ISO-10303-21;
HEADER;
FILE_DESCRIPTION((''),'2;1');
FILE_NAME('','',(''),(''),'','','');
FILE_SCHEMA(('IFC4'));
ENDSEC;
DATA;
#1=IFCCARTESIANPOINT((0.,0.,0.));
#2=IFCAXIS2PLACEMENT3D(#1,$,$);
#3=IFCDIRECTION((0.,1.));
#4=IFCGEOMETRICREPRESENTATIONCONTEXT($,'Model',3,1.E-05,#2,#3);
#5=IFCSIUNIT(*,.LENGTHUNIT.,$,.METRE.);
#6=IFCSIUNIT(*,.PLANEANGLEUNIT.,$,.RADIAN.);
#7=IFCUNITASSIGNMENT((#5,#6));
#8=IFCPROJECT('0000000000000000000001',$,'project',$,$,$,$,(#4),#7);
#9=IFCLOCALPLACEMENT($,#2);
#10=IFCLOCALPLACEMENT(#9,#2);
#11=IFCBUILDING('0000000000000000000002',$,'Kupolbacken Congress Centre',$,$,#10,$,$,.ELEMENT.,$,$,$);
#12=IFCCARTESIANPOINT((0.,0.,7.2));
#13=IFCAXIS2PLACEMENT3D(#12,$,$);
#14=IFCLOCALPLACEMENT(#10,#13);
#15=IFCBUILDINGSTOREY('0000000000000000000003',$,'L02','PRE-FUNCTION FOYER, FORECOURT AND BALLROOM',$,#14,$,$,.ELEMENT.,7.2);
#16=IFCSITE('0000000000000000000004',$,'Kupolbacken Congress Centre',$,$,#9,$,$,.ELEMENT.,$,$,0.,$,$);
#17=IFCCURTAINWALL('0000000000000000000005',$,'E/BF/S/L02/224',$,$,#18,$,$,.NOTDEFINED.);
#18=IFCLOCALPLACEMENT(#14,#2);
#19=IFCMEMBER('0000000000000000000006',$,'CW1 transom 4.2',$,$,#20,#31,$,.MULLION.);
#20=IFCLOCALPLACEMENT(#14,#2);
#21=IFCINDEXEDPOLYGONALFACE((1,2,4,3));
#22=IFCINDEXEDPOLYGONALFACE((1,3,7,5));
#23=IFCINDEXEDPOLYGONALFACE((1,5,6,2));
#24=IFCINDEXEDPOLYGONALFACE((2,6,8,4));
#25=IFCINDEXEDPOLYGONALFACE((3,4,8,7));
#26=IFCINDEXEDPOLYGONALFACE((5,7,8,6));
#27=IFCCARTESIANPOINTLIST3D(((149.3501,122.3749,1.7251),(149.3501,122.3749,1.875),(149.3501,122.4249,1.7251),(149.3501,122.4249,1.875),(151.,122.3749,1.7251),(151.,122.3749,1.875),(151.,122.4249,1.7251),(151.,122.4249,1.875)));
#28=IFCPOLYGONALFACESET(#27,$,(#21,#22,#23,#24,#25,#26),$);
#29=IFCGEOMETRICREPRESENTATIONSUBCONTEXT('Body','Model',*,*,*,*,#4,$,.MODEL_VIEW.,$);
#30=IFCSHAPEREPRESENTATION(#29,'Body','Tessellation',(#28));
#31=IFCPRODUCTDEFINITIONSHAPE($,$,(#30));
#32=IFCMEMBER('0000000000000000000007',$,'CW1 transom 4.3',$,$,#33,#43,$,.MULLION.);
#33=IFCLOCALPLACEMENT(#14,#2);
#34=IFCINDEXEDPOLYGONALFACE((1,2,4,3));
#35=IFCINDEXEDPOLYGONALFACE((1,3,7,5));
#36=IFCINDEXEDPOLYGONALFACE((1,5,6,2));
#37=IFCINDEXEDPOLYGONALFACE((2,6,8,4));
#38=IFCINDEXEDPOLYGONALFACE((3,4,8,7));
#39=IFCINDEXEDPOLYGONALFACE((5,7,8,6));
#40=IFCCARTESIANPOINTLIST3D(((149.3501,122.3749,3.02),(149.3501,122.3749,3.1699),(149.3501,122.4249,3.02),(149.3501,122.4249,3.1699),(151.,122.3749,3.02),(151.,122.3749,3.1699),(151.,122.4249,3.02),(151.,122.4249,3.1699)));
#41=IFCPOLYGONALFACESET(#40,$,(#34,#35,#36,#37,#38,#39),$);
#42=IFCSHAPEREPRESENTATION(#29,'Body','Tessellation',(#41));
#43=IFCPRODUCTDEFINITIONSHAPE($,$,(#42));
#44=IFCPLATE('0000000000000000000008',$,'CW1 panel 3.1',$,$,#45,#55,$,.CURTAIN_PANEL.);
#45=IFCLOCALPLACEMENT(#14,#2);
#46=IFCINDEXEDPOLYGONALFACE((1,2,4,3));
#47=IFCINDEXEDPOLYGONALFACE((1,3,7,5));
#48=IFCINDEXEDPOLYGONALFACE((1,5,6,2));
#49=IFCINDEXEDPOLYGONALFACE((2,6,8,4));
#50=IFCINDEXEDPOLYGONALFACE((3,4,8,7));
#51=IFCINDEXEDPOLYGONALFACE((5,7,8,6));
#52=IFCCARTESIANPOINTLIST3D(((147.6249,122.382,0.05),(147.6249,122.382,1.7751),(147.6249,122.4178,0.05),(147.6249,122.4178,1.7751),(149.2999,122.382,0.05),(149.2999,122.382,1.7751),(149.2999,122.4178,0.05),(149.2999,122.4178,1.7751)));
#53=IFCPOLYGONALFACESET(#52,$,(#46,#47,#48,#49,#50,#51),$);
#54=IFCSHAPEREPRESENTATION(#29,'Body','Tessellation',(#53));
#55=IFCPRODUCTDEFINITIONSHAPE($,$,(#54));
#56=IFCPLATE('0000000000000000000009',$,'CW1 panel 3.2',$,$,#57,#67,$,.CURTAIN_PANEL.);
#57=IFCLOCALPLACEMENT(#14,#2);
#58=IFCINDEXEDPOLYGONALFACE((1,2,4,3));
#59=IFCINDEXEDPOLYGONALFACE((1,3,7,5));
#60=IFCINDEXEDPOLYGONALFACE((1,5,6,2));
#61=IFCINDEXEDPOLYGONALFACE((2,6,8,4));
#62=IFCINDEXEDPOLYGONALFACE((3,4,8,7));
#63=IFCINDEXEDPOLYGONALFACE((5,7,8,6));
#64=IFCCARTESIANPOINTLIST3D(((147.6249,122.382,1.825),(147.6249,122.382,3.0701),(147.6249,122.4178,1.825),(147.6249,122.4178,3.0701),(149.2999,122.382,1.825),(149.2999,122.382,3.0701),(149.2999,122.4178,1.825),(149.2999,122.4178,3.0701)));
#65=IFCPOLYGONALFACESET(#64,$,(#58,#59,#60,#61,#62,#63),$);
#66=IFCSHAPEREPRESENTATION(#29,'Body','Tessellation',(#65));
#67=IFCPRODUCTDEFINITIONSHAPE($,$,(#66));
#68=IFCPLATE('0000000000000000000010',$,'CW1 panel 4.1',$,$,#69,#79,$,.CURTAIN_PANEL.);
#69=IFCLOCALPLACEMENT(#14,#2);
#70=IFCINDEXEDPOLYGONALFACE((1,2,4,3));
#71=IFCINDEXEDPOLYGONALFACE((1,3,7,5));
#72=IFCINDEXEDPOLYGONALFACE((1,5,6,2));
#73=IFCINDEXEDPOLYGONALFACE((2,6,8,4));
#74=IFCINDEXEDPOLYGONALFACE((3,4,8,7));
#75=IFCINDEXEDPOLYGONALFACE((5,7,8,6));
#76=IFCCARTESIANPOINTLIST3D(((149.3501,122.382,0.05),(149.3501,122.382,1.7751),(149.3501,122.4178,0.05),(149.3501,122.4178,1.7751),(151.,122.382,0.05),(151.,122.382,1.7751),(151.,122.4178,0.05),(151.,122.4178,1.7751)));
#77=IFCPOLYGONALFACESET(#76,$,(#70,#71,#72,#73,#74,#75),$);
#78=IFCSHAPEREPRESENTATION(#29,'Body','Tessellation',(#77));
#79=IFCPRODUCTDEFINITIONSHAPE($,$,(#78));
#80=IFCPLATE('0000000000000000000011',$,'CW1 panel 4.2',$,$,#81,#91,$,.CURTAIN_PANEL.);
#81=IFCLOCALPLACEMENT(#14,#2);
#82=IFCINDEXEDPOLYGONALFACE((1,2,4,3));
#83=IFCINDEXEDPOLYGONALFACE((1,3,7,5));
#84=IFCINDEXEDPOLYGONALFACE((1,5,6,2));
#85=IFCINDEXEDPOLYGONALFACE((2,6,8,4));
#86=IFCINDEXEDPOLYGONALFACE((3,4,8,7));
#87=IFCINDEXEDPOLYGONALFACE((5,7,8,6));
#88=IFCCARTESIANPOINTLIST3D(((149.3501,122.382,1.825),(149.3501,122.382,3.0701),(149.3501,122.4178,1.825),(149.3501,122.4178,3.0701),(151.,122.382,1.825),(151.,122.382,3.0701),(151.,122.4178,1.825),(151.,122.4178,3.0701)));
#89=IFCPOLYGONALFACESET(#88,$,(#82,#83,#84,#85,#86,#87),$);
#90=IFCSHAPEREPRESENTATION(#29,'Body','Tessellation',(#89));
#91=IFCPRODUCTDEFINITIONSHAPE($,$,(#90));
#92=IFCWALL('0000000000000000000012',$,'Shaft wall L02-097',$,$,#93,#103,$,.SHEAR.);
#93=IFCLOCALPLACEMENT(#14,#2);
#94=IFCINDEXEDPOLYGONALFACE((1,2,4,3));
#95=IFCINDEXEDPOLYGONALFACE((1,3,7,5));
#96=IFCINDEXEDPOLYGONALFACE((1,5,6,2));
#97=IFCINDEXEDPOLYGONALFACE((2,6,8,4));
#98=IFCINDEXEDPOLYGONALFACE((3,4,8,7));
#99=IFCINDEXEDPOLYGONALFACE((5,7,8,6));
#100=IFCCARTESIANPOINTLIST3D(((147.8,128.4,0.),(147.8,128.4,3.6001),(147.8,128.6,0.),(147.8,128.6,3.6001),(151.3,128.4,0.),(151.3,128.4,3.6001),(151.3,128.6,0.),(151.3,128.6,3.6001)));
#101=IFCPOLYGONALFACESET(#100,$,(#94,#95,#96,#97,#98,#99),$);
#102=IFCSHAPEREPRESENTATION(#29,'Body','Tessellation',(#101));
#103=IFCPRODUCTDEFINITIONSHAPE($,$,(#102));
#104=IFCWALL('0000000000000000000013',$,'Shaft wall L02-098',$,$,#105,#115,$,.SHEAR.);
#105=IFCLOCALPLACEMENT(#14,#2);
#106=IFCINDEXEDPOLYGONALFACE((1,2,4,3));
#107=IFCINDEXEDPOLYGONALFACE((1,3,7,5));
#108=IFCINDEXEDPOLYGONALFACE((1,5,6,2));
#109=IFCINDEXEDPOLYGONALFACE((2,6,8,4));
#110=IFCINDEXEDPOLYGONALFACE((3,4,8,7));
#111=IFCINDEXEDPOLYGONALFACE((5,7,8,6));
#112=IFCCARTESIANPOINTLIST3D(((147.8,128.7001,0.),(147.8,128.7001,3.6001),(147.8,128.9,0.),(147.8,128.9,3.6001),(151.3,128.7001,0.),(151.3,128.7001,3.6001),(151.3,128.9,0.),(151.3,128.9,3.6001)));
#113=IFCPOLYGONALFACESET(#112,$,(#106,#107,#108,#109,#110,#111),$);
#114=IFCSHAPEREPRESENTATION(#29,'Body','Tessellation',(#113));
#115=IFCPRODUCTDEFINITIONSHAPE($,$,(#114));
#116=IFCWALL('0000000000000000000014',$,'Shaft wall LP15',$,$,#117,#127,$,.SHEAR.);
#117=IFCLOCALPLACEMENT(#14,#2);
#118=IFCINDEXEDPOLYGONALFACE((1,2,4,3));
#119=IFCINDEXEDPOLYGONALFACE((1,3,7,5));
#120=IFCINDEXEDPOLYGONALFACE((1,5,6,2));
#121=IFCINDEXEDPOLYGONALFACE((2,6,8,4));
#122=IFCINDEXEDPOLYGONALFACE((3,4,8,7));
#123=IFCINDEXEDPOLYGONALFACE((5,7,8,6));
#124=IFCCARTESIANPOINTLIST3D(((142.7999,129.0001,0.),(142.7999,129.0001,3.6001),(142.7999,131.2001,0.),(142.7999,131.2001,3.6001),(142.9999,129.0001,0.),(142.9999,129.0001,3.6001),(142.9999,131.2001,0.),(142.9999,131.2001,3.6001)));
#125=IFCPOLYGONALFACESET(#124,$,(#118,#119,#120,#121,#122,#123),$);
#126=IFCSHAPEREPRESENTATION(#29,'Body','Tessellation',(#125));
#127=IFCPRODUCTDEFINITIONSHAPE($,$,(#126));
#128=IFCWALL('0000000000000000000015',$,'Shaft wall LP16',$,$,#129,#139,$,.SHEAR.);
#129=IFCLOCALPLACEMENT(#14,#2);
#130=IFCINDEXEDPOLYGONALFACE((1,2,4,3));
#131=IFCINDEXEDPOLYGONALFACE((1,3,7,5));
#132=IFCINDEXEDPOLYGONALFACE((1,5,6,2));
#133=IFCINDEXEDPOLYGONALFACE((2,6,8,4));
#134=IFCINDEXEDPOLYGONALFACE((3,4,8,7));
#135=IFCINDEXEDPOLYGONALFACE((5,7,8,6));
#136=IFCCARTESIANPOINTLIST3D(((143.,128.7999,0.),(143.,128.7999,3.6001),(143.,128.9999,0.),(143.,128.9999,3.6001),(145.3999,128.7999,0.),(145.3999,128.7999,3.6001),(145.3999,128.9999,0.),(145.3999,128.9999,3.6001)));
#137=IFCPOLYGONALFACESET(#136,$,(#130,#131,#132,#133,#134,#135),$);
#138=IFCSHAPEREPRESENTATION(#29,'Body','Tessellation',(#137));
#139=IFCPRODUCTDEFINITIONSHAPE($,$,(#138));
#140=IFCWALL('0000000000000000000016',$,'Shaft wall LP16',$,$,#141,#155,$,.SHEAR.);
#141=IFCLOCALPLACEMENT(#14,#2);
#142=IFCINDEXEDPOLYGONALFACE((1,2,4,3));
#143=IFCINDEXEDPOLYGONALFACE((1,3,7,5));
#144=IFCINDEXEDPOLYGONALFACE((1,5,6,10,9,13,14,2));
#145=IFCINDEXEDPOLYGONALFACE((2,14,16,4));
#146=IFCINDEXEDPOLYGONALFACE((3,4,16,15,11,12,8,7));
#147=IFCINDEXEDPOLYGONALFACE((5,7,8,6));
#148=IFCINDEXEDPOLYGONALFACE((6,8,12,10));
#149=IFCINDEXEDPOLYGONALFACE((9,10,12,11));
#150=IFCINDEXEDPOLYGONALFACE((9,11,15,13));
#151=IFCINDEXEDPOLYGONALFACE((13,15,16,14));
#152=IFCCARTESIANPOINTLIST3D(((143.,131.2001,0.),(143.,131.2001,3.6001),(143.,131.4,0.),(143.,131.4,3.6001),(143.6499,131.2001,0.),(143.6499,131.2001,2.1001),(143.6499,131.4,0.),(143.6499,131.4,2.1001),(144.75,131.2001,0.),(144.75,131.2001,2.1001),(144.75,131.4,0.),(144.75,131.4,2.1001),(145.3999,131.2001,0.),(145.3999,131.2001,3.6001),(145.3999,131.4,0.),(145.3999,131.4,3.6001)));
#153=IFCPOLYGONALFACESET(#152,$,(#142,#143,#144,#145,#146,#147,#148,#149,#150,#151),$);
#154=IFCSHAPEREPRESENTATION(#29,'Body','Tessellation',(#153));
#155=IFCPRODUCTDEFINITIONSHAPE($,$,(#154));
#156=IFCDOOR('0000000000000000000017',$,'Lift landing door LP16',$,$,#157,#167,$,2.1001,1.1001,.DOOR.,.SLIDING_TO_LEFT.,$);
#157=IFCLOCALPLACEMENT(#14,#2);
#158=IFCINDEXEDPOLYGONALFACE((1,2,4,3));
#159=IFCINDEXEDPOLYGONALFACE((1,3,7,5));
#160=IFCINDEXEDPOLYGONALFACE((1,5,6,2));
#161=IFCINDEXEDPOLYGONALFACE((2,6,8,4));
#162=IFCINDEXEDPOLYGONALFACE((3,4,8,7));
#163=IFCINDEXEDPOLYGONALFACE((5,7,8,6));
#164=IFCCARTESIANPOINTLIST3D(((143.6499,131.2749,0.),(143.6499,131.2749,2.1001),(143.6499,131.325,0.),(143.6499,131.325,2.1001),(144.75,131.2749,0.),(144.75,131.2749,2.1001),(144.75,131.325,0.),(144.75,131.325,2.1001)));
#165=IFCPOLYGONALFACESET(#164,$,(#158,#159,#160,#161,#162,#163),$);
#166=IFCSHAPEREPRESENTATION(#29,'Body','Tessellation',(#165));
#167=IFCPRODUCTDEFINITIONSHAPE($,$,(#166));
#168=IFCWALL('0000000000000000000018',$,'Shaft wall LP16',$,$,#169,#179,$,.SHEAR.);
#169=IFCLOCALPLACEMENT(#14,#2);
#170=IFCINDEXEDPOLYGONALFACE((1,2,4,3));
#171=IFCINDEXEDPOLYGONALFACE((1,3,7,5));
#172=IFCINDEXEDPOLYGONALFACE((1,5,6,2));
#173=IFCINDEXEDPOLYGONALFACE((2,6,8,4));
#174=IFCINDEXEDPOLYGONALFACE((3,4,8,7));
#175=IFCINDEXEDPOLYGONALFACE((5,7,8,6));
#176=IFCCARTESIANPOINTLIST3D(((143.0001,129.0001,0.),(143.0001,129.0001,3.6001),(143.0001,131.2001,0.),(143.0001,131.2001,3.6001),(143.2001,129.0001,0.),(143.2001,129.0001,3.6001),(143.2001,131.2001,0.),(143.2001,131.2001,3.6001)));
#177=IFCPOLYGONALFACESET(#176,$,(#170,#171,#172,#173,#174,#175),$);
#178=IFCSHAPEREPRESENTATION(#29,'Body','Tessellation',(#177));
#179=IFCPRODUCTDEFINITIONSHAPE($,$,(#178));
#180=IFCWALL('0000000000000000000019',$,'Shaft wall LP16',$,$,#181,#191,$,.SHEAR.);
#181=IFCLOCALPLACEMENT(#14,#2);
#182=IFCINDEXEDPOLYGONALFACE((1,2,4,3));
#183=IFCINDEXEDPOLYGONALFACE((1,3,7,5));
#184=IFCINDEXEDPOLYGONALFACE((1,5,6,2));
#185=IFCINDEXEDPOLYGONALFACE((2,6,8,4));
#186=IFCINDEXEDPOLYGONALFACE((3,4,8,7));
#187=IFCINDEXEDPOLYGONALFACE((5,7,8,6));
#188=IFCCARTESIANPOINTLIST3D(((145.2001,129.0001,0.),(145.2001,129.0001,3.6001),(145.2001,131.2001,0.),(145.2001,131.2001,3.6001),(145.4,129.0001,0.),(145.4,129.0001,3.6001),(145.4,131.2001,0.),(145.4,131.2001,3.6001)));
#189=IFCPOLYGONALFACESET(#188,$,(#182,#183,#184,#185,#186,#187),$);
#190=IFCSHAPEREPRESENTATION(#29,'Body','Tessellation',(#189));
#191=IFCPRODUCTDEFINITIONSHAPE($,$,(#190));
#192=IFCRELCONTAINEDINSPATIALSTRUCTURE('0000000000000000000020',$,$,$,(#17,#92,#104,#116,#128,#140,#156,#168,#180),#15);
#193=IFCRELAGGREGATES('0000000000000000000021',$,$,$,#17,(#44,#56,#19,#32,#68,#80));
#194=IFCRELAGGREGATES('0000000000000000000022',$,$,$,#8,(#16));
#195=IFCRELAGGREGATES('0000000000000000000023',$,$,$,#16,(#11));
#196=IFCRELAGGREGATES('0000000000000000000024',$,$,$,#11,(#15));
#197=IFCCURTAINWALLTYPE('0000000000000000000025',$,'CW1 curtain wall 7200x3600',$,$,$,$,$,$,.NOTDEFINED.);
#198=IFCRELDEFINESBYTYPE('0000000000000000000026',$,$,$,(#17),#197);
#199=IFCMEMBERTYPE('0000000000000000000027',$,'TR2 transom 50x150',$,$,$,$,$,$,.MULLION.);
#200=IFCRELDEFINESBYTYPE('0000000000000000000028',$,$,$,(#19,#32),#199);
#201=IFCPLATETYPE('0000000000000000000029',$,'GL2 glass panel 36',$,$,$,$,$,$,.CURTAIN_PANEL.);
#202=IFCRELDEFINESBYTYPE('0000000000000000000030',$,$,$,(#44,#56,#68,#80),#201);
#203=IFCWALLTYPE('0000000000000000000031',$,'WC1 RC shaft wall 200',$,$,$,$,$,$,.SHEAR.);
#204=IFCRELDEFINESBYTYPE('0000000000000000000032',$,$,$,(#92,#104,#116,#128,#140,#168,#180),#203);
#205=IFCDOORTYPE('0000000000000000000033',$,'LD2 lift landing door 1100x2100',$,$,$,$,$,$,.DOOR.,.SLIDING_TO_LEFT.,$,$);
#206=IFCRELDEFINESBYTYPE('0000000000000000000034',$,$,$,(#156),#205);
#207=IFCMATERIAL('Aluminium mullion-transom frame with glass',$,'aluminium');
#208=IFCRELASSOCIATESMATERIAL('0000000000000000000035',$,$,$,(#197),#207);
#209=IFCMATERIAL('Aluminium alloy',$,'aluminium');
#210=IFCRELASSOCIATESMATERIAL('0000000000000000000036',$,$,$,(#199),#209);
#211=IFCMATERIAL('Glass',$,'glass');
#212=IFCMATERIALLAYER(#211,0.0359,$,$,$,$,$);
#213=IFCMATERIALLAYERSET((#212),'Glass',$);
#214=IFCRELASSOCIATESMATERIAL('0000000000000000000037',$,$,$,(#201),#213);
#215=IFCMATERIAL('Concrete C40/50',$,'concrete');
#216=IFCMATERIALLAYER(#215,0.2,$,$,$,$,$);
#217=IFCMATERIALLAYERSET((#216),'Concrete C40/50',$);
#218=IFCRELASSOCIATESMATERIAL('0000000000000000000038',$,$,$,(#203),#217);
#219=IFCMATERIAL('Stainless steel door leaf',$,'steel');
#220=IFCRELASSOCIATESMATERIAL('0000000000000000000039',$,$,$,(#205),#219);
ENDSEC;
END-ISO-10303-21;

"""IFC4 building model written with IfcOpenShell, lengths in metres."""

from ifc_helpers import new_model, si_unit, direction, frame, frame_2d, origin, origin_2d, place, context, subcontext, project, spatial, rectangle, extrude, material, layer, layer_set, material_profile, profile_set, type_object, element, fill, aggregate, save


model = new_model("IFC4")

# Units and contexts
model_context = context("Model", 3, precision=1e-05, world=origin(), true_north=direction((0.0, 1.0)))
body_context = subcontext(model_context, "Body", "Model", "MODEL_VIEW")
ifc_project = project(units=[si_unit("LENGTHUNIT", "METRE"), si_unit("PLANEANGLEUNIT", "RADIAN")], contexts=[model_context])

# Site, building, storey
site_placement = place(None, origin())
site = spatial("IfcSite", under=ifc_project, at=site_placement, Name="Kupolbacken Congress Centre", CompositionType="ELEMENT", RefElevation=0.0)
building_placement = place(site_placement, origin())
building = spatial("IfcBuilding", under=site, at=building_placement, Name="Kupolbacken Congress Centre", CompositionType="ELEMENT")
storey_placement = place(building_placement, frame((0.0, 0.0, 7.2)))
storey = spatial("IfcBuildingStorey", under=building, at=storey_placement, Name="L02", Description="PRE-FUNCTION FOYER, FORECOURT AND BALLROOM", CompositionType="ELEMENT", Elevation=7.2)

# Curtain wall, members, plates
ifc_material_1 = material(Name="Aluminium mullion-transom frame with glass", Category="aluminium")
curtain_wall_type = type_object("IfcCurtainWallType", Name="CW1 curtain wall 7200x3600", PredefinedType="NOTDEFINED", material=ifc_material_1)
curtain_wall_placement = place(storey_placement, origin())
curtain_wall = element("IfcCurtainWall", 1, at=curtain_wall_placement, inside=storey, type_object=curtain_wall_type, Name="E/BF/S/L02/224", PredefinedType="NOTDEFINED")
ifc_material_2 = material(Name="Aluminium alloy", Category="aluminium")
ifc_material_profile_1 = material_profile(ifc_material_2, rectangle(XDim=0.05, YDim=0.1499, at=origin_2d()), Name="50 x 150")
ifc_profile_set_1 = profile_set([ifc_material_profile_1], Name="Aluminium alloy")
member_type_1 = type_object("IfcMemberType", Name="TR2 transom 50x150", PredefinedType="MULLION", material=ifc_profile_set_1)
member_1_placement = place(storey_placement, frame((149.3501, 122.3999, 1.8), z_axis=(1.0, 0.0, 0.0), x_axis=(0.0, 1.0, 0.0)))
member_1 = element("IfcMember", 2, at=member_1_placement, type_object=member_type_1, Name="CW1 transom 4.2", PredefinedType="MULLION", context=body_context, shape_type="SweptSolid", body=[
    extrude(rectangle(XDim=0.05, YDim=0.1499, at=origin_2d()), origin(), (0.0, 0.0, 1.0), 1.6499),
])
member_2_placement = place(storey_placement, frame((149.3501, 122.3999, 3.095), z_axis=(1.0, 0.0, 0.0), x_axis=(0.0, 1.0, 0.0)))
member_2 = element("IfcMember", 3, at=member_2_placement, type_object=member_type_1, Name="CW1 transom 4.3", PredefinedType="MULLION", context=body_context, shape_type="SweptSolid", body=[
    extrude(rectangle(XDim=0.05, YDim=0.1499, at=origin_2d()), origin(), (0.0, 0.0, 1.0), 1.6499),
])
ifc_material_3 = material(Name="Glass", Category="glass")
ifc_layer_1 = layer(ifc_material_3, 0.0359)
ifc_layer_set_1 = layer_set([ifc_layer_1], Name="Glass")
plate_type = type_object("IfcPlateType", Name="GL2 glass panel 36", PredefinedType="CURTAIN_PANEL", material=ifc_layer_set_1)
plate_1_placement = place(storey_placement, frame((148.4624, 122.3999, 0.05), z_axis=(0.0, 0.0, 1.0), x_axis=(1.0, 0.0, 0.0)))
plate_1 = element("IfcPlate", 4, at=plate_1_placement, type_object=plate_type, Name="CW1 panel 3.1", PredefinedType="CURTAIN_PANEL", context=body_context, shape_type="SweptSolid", body=[
    extrude(rectangle(XDim=1.675, YDim=0.0359, at=origin_2d()), origin(), (0.0, 0.0, 1.0), 1.7251),
])
plate_2_placement = place(storey_placement, frame((148.4624, 122.3999, 1.825), z_axis=(0.0, 0.0, 1.0), x_axis=(1.0, 0.0, 0.0)))
plate_2 = element("IfcPlate", 5, at=plate_2_placement, type_object=plate_type, Name="CW1 panel 3.2", PredefinedType="CURTAIN_PANEL", context=body_context, shape_type="SweptSolid", body=[
    extrude(rectangle(XDim=1.675, YDim=0.0359, at=origin_2d()), origin(), (0.0, 0.0, 1.0), 1.2451),
])
plate_3_placement = place(storey_placement, frame((150.175, 122.3999, 0.05), z_axis=(0.0, 0.0, 1.0), x_axis=(1.0, 0.0, 0.0)))
plate_3 = element("IfcPlate", 6, at=plate_3_placement, type_object=plate_type, Name="CW1 panel 4.1", PredefinedType="CURTAIN_PANEL", context=body_context, shape_type="SweptSolid", body=[
    extrude(rectangle(XDim=1.6499, YDim=0.0359, at=origin_2d()), origin(), (0.0, 0.0, 1.0), 1.7251),
])
plate_4_placement = place(storey_placement, frame((150.175, 122.3999, 1.825), z_axis=(0.0, 0.0, 1.0), x_axis=(1.0, 0.0, 0.0)))
plate_4 = element("IfcPlate", 7, at=plate_4_placement, type_object=plate_type, Name="CW1 panel 4.2", PredefinedType="CURTAIN_PANEL", context=body_context, shape_type="SweptSolid", body=[
    extrude(rectangle(XDim=1.6499, YDim=0.0359, at=origin_2d()), origin(), (0.0, 0.0, 1.0), 1.2451),
])
aggregate(curtain_wall, [plate_1, plate_2, member_1, member_2, plate_3, plate_4])

# Walls
ifc_material_4 = material(Name="Concrete C40/50", Category="concrete")
ifc_layer_2 = layer(ifc_material_4, 0.2)
ifc_layer_set_2 = layer_set([ifc_layer_2], Name="Concrete C40/50")
wall_type = type_object("IfcWallType", Name="WC1 RC shaft wall 200", PredefinedType="SHEAR", material=ifc_layer_set_2)
for number, where, z_axis, x_axis, name in (
    (8, (147.8, 128.5, 0.0), (0.0, 0.0, 1.0), (1.0, 0.0, 0.0), "Shaft wall L02-097"),
    (9, (147.8, 128.8, 0.0), (0.0, 0.0, 1.0), (1.0, 0.0, 0.0), "Shaft wall L02-098"),
):
    element("IfcWall", number, at=place(storey_placement, frame(where, z_axis=z_axis, x_axis=x_axis)), inside=storey, type_object=wall_type, Name=name, PredefinedType="SHEAR", context=body_context, shape_type="SweptSolid", body=[
        extrude(rectangle(XDim=3.5, YDim=0.2, at=frame_2d((1.75, 0.0))), origin(), (0.0, 0.0, 1.0), 3.6001),
    ])
wall_1_placement = place(storey_placement, frame((142.8999, 129.0, 0.0), z_axis=(0.0, 0.0, 1.0), x_axis=(0.0, 1.0, 0.0)))
element("IfcWall", 10, at=wall_1_placement, inside=storey, type_object=wall_type, Name="Shaft wall LP15", PredefinedType="SHEAR", context=body_context, shape_type="SweptSolid", body=[
    extrude(rectangle(XDim=2.2, YDim=0.2, at=frame_2d((1.1001, 0.0))), origin(), (0.0, 0.0, 1.0), 3.6001),
])
wall_2_placement = place(storey_placement, frame((143.0, 128.8999, 0.0), z_axis=(0.0, 0.0, 1.0), x_axis=(1.0, 0.0, 0.0)))
element("IfcWall", 11, at=wall_2_placement, inside=storey, type_object=wall_type, Name="Shaft wall LP16", PredefinedType="SHEAR", context=body_context, shape_type="SweptSolid", body=[
    extrude(rectangle(XDim=2.3999, YDim=0.2, at=frame_2d((1.2, 0.0))), origin(), (0.0, 0.0, 1.0), 3.6001),
])

# Wall, opening, door
wall_3_placement = place(storey_placement, frame((143.0, 131.3, 0.0), z_axis=(0.0, 0.0, 1.0), x_axis=(1.0, 0.0, 0.0)))
wall_3 = element("IfcWall", 12, at=wall_3_placement, inside=storey, type_object=wall_type, Name="Shaft wall LP16", PredefinedType="SHEAR", context=body_context, shape_type="SweptSolid", body=[
    extrude(rectangle(XDim=2.3999, YDim=0.2, at=frame_2d((1.2, 0.0))), origin(), (0.0, 0.0, 1.0), 3.6001),
])
opening_1_placement = place(wall_3_placement, frame((0.6499, 0.0, 0.0)))
opening_1 = element("IfcOpeningElement", 13, at=opening_1_placement, cuts=wall_3, PredefinedType="OPENING", context=body_context, shape_type="SweptSolid", body=[
    extrude(rectangle(XDim=1.1001, YDim=2.1001, at=frame_2d((0.55, 1.05))), frame((0.0, 0.1099, 0.0), z_axis=(0.0, -1.0, 0.0), x_axis=(1.0, 0.0, 0.0)), (0.0, 0.0, 1.0), 0.22),
])
ifc_material_5 = material(Name="Stainless steel door leaf", Category="steel")
door_type_1 = type_object("IfcDoorType", Name="LD2 lift landing door 1100x2100", OperationType="SLIDING_TO_LEFT", PredefinedType="DOOR", material=ifc_material_5)
door_1_placement = place(opening_1_placement, origin())
door_1 = element("IfcDoor", 14, at=door_1_placement, inside=storey, type_object=door_type_1, Name="Lift landing door LP16", OperationType="SLIDING_TO_LEFT", OverallHeight=2.1001, OverallWidth=1.1001, PredefinedType="DOOR", context=body_context, shape_type="SweptSolid", body=[
    extrude(rectangle(XDim=1.1001, YDim=2.1001, at=frame_2d((0.55, 1.05))), frame((0.0, 0.0249, 0.0), z_axis=(0.0, -1.0, 0.0), x_axis=(1.0, 0.0, 0.0)), (0.0, 0.0, 1.0), 0.05),
])
fill(opening_1, door_1)

# Walls
for number, where, z_axis, x_axis, name in (
    (15, (143.1001, 129.0, 0.0), (0.0, 0.0, 1.0), (0.0, 1.0, 0.0), "Shaft wall LP16"),
    (16, (145.3, 129.0, 0.0), (0.0, 0.0, 1.0), (0.0, 1.0, 0.0), "Shaft wall LP16"),
):
    element("IfcWall", number, at=place(storey_placement, frame(where, z_axis=z_axis, x_axis=x_axis)), inside=storey, type_object=wall_type, Name=name, PredefinedType="SHEAR", context=body_context, shape_type="SweptSolid", body=[
        extrude(rectangle(XDim=2.2, YDim=0.2, at=frame_2d((1.1001, 0.0))), origin(), (0.0, 0.0, 1.0), 3.6001),
    ])

save(model, "model.ifc")
